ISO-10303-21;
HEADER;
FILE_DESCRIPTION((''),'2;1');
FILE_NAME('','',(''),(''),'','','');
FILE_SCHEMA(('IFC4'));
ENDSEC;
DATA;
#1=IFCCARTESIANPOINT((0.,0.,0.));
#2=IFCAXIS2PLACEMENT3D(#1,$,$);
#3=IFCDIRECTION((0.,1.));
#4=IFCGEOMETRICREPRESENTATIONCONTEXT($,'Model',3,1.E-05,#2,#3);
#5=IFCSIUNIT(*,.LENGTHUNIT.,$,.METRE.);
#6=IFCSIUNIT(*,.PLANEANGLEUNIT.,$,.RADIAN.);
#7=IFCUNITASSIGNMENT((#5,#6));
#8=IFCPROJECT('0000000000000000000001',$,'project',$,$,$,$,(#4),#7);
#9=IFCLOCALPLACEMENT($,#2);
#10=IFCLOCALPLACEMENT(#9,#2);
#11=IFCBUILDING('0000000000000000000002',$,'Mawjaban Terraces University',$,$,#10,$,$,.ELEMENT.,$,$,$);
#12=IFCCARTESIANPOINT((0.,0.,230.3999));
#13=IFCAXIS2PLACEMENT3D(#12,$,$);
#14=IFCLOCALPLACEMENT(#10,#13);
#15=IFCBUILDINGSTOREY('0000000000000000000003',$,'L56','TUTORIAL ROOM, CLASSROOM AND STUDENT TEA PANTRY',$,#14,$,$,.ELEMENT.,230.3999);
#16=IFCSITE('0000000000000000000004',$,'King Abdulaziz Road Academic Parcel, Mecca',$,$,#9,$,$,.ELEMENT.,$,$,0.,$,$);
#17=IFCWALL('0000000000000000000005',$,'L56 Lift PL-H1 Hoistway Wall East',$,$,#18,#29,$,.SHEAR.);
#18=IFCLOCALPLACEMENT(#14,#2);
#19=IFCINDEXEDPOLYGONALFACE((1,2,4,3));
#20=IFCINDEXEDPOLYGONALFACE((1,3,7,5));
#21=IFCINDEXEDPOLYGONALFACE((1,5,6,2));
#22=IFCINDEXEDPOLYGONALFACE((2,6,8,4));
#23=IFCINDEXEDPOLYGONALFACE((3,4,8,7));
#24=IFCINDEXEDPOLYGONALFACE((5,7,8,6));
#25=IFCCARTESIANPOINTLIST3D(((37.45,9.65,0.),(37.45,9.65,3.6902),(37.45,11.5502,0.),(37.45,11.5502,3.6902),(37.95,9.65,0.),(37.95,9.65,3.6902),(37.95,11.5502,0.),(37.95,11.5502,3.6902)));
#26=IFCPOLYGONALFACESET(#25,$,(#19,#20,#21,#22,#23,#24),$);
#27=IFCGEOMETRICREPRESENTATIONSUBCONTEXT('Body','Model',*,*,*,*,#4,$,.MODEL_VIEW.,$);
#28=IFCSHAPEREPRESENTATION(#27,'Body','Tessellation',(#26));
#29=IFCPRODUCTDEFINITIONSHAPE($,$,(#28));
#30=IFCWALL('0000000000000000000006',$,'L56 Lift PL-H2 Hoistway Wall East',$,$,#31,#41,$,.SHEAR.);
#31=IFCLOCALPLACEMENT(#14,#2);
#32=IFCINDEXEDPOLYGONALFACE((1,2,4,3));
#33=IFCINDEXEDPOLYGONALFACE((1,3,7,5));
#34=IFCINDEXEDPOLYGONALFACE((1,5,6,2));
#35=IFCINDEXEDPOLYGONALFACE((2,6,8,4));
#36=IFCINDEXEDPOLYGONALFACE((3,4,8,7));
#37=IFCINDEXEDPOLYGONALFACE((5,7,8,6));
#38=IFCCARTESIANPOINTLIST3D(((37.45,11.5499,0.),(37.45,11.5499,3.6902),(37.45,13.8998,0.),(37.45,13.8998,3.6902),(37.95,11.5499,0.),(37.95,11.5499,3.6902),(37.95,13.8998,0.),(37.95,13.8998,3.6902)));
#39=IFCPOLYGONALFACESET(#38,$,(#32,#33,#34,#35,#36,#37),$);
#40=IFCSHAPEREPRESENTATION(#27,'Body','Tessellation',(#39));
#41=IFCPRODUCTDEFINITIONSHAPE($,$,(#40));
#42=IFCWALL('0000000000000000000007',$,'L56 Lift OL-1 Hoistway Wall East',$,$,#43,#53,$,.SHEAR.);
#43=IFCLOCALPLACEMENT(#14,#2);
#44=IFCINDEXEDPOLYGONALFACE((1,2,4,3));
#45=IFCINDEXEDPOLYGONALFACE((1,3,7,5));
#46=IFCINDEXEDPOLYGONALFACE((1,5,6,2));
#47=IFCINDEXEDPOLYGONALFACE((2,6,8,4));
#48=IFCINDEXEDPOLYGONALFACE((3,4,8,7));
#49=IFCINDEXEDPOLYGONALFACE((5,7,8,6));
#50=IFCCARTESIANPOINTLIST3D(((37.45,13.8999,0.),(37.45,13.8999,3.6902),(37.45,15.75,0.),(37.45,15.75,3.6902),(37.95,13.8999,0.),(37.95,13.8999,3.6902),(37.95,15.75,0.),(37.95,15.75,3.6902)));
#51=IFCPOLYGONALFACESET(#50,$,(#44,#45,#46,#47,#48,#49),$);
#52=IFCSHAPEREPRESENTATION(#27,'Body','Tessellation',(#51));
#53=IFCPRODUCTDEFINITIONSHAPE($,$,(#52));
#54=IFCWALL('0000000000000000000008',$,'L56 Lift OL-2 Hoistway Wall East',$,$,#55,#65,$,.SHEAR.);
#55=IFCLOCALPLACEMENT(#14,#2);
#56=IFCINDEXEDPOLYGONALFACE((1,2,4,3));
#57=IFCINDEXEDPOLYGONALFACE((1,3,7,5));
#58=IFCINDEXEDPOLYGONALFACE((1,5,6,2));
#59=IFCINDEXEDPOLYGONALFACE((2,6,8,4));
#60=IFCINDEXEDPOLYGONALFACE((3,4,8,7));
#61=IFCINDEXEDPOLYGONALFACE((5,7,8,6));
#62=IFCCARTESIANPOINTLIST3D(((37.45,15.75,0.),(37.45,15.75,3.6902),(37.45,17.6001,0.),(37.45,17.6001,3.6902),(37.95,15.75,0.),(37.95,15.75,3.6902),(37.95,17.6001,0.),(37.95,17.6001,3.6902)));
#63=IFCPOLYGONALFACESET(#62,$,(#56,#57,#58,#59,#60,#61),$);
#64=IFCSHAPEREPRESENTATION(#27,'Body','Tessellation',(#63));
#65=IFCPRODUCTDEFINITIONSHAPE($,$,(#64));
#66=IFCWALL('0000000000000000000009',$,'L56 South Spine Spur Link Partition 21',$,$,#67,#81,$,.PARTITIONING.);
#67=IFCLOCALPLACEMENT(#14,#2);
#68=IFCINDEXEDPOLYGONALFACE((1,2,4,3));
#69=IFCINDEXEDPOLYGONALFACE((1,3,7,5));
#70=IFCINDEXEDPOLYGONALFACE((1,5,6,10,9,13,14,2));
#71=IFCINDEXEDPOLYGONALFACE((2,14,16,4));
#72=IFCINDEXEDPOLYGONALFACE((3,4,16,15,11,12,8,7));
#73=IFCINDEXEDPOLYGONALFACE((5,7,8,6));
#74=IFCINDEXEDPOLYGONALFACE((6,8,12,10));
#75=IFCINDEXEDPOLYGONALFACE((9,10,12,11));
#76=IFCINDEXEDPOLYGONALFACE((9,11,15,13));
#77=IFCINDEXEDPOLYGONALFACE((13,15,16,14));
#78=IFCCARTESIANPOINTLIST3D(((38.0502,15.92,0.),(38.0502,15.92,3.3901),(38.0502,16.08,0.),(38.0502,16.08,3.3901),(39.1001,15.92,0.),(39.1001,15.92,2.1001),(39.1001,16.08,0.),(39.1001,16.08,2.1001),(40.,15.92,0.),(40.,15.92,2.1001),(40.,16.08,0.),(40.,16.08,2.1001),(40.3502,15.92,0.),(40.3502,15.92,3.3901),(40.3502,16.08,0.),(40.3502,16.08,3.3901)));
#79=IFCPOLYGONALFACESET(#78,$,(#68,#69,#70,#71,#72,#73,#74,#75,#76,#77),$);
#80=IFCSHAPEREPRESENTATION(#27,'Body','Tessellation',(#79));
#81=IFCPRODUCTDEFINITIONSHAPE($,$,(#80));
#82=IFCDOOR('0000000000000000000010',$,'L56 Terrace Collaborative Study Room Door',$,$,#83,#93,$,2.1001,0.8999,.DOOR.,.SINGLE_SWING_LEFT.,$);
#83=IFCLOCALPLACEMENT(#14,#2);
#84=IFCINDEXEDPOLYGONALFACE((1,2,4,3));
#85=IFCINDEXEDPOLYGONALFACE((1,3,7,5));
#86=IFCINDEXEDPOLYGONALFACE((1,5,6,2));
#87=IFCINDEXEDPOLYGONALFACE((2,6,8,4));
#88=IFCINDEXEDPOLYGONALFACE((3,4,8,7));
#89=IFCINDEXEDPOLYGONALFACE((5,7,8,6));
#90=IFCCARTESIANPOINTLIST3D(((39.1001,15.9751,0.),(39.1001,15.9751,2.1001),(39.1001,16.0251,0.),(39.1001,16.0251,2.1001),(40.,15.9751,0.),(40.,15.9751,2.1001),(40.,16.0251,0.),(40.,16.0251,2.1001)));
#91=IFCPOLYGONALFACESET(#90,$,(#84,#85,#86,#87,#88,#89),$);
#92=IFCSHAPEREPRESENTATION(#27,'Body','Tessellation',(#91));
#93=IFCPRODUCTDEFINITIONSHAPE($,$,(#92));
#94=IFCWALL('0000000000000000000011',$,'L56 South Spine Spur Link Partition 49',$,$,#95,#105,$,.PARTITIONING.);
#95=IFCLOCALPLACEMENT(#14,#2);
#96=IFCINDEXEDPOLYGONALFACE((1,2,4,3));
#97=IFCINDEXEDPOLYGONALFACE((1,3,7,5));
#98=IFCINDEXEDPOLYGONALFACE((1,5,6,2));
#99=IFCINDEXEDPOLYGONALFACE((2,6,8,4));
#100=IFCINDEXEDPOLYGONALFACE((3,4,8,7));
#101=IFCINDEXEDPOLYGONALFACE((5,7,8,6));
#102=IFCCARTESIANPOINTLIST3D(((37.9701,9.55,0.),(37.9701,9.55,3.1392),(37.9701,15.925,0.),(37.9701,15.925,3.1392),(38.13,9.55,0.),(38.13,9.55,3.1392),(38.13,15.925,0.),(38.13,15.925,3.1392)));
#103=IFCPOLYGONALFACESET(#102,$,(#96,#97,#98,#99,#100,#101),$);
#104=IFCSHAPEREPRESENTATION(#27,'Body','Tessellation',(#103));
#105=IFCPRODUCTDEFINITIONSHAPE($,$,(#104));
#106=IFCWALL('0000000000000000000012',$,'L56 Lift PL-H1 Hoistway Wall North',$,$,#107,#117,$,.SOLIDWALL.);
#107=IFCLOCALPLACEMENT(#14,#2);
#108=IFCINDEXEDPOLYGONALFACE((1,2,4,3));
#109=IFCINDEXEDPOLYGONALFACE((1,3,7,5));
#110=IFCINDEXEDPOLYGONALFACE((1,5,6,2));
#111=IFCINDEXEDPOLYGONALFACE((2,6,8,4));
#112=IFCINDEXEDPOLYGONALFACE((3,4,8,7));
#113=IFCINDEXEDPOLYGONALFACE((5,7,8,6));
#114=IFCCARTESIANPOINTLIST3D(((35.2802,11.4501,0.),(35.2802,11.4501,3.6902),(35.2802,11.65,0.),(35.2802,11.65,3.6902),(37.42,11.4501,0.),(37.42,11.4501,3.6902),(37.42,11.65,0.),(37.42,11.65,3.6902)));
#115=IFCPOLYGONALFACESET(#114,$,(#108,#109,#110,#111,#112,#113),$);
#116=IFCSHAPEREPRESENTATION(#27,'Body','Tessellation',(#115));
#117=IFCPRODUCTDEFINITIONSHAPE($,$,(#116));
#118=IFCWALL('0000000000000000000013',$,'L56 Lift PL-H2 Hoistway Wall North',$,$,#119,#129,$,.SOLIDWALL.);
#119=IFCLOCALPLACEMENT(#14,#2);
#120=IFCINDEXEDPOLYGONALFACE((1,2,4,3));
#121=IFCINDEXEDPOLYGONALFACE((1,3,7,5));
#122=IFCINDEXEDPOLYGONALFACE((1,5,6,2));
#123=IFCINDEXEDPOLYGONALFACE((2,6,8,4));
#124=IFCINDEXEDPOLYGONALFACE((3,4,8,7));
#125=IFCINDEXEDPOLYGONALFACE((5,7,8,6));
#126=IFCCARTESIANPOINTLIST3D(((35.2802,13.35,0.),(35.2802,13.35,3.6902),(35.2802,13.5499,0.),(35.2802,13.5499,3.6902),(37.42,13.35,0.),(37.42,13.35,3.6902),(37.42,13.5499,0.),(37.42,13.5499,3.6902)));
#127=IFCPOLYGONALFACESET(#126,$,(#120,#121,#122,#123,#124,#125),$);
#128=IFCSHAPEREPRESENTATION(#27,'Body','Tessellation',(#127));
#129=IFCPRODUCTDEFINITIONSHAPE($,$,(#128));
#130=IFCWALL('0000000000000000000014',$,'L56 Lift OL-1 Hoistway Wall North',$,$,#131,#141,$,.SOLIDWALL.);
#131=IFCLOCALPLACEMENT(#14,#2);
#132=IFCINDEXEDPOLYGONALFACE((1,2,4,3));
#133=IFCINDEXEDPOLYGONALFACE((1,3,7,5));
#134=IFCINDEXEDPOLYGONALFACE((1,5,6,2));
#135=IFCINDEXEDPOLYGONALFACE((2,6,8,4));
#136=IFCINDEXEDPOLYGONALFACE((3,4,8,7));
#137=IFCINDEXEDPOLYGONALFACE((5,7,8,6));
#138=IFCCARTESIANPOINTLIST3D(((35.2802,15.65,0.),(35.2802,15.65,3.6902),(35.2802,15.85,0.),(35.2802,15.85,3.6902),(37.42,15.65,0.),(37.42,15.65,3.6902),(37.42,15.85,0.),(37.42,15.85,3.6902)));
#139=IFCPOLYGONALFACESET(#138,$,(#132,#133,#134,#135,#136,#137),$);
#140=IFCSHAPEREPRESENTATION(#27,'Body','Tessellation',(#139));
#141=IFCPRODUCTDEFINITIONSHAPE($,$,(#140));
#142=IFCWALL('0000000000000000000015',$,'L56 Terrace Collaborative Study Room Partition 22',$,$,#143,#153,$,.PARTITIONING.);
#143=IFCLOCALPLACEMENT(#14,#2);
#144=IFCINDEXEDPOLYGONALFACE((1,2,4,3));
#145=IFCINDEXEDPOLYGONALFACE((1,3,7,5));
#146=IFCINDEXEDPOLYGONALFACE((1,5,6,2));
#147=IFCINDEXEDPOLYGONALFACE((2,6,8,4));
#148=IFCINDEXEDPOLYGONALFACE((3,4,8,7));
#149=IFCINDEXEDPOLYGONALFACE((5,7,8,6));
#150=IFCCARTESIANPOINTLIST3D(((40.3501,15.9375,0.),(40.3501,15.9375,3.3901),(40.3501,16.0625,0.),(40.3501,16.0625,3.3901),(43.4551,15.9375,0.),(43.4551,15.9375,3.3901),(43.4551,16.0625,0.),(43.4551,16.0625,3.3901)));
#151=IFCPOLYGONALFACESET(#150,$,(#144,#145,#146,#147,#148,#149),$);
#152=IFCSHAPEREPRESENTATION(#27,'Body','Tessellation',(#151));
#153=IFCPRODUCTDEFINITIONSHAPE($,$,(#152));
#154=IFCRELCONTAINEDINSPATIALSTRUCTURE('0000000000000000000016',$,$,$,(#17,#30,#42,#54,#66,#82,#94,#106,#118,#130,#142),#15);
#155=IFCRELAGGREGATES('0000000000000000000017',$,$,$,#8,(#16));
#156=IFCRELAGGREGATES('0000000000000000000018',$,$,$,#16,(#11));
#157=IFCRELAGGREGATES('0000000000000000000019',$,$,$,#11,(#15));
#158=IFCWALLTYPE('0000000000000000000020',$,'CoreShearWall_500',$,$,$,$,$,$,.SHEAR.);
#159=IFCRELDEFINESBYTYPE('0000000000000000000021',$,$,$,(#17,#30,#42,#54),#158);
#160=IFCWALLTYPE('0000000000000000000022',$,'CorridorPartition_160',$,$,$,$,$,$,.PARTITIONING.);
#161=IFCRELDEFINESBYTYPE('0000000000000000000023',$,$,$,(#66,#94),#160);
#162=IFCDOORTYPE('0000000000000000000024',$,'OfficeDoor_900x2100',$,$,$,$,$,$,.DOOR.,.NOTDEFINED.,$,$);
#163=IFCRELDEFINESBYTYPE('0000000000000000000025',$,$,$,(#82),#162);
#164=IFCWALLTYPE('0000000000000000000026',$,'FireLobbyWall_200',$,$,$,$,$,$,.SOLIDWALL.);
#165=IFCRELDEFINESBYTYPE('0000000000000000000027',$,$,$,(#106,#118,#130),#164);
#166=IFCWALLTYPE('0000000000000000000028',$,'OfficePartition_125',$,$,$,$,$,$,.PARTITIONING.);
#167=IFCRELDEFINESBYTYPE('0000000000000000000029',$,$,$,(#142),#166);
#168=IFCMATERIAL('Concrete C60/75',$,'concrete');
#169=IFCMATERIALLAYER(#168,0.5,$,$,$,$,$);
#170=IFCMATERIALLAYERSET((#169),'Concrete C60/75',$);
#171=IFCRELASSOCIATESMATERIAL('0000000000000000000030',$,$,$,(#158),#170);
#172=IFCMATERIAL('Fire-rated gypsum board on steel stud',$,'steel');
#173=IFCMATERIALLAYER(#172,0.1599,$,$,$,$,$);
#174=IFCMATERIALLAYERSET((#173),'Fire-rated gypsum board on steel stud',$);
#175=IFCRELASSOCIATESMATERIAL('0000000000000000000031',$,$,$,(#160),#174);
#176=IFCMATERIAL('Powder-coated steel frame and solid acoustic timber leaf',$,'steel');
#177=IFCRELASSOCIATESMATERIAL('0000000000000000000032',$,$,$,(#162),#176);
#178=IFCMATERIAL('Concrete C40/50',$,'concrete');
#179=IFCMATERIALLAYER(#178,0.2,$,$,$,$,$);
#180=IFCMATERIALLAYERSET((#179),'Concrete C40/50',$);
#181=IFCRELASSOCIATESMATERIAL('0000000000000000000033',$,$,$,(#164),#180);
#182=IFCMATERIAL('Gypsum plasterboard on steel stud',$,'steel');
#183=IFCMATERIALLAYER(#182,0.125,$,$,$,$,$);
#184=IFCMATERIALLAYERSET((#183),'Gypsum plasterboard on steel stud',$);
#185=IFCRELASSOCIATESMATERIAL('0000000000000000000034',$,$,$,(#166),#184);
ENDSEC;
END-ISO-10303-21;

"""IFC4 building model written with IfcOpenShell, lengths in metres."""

from ifc_helpers import new_model, si_unit, direction, frame, frame_2d, origin, place, context, subcontext, project, spatial, rectangle, extrude, material, layer, layer_set, type_object, element, fill, save


model = new_model("IFC4")

# Units and contexts
model_context = context("Model", 3, precision=1e-05, world=origin(), true_north=direction((0.0, 1.0)))
body_context = subcontext(model_context, "Body", "Model", "MODEL_VIEW")
ifc_project = project(units=[si_unit("LENGTHUNIT", "METRE"), si_unit("PLANEANGLEUNIT", "RADIAN")], contexts=[model_context])

# Site, building, storey
site_placement = place(None, origin())
site = spatial("IfcSite", under=ifc_project, at=site_placement, Name="King Abdulaziz Road Academic Parcel, Mecca", CompositionType="ELEMENT", RefElevation=0.0)
building_placement = place(site_placement, origin())
building = spatial("IfcBuilding", under=site, at=building_placement, Name="Mawjaban Terraces University", CompositionType="ELEMENT")
storey_placement = place(building_placement, frame((0.0, 0.0, 230.3999)))
storey = spatial("IfcBuildingStorey", under=building, at=storey_placement, Name="L56", Description="TUTORIAL ROOM, CLASSROOM AND STUDENT TEA PANTRY", CompositionType="ELEMENT", Elevation=230.3999)

# Shared definitions
ifc_material_1 = material(Name="Concrete C60/75", Category="concrete")

# Walls
ifc_layer_1 = layer(ifc_material_1, 0.5)
ifc_layer_set_1 = layer_set([ifc_layer_1], Name="Concrete C60/75")
wall_type_1 = type_object("IfcWallType", Name="CoreShearWall_500", PredefinedType="SHEAR", material=ifc_layer_set_1)
wall_1_placement = place(storey_placement, frame((37.7, 9.6499, 0.0), z_axis=(0.0, 0.0, 1.0), x_axis=(0.0, 1.0, 0.0)))
element("IfcWall", 1, at=wall_1_placement, inside=storey, type_object=wall_type_1, Name="L56 Lift PL-H1 Hoistway Wall East", PredefinedType="SHEAR", context=body_context, shape_type="SweptSolid", body=[
    extrude(rectangle(XDim=1.9001, YDim=0.5, at=frame_2d((0.9502, 0.0))), origin(), (0.0, 0.0, 1.0), 3.6902),
])
wall_2_placement = place(storey_placement, frame((37.7, 11.55, 0.0), z_axis=(0.0, 0.0, 1.0), x_axis=(0.0, 1.0, 0.0)))
element("IfcWall", 2, at=wall_2_placement, inside=storey, type_object=wall_type_1, Name="L56 Lift PL-H2 Hoistway Wall East", PredefinedType="SHEAR", context=body_context, shape_type="SweptSolid", body=[
    extrude(rectangle(XDim=2.3499, YDim=0.5, at=frame_2d((1.1748, 0.0))), origin(), (0.0, 0.0, 1.0), 3.6902),
])
for number, where, z_axis, x_axis, name in (
    (3, (37.7, 13.8999, 0.0), (0.0, 0.0, 1.0), (0.0, 1.0, 0.0), "L56 Lift OL-1 Hoistway Wall East"),
    (4, (37.7, 15.75, 0.0), (0.0, 0.0, 1.0), (0.0, 1.0, 0.0), "L56 Lift OL-2 Hoistway Wall East"),
):
    element("IfcWall", number, at=place(storey_placement, frame(where, z_axis=z_axis, x_axis=x_axis)), inside=storey, type_object=wall_type_1, Name=name, PredefinedType="SHEAR", context=body_context, shape_type="SweptSolid", body=[
        extrude(rectangle(XDim=1.8501, YDim=0.5, at=frame_2d((0.925, 0.0))), origin(), (0.0, 0.0, 1.0), 3.6902),
    ])

# Wall, opening, door
ifc_material_2 = material(Name="Fire-rated gypsum board on steel stud", Category="steel")
ifc_layer_2 = layer(ifc_material_2, 0.1599)
ifc_layer_set_2 = layer_set([ifc_layer_2], Name="Fire-rated gypsum board on steel stud")
wall_type_2 = type_object("IfcWallType", Name="CorridorPartition_160", PredefinedType="PARTITIONING", material=ifc_layer_set_2)
wall_3_placement = place(storey_placement, frame((40.3501, 16.0, 0.0), z_axis=(0.0, 0.0, 1.0), x_axis=(-1.0, 0.0, 0.0)))
wall_3 = element("IfcWall", 5, at=wall_3_placement, inside=storey, type_object=wall_type_2, Name="L56 South Spine Spur Link Partition 21", PredefinedType="PARTITIONING", context=body_context, shape_type="SweptSolid", body=[
    extrude(rectangle(XDim=2.3, YDim=0.1599, at=frame_2d((1.1499, 0.0))), origin(), (0.0, 0.0, 1.0), 3.3901),
])
opening_placement = place(wall_3_placement, frame((0.3501, 0.0, 0.0)))
opening = element("IfcOpeningElement", 6, at=opening_placement, cuts=wall_3, PredefinedType="OPENING", context=body_context, shape_type="SweptSolid", body=[
    extrude(rectangle(XDim=0.8999, YDim=2.1001, at=frame_2d((0.45, 1.05))), frame((0.0, 0.0898, 0.0), z_axis=(0.0, -1.0, 0.0), x_axis=(1.0, 0.0, 0.0)), (0.0, 0.0, 1.0), 0.1799),
])
ifc_material_3 = material(Name="Powder-coated steel frame and solid acoustic timber leaf", Category="steel")
door_type = type_object("IfcDoorType", Name="OfficeDoor_900x2100", OperationType="NOTDEFINED", PredefinedType="DOOR", material=ifc_material_3)
door_placement = place(opening_placement, origin())
door = element("IfcDoor", 7, at=door_placement, inside=storey, type_object=door_type, Name="L56 Terrace Collaborative Study Room Door", OperationType="SINGLE_SWING_LEFT", OverallHeight=2.1001, OverallWidth=0.8999, PredefinedType="DOOR", context=body_context, shape_type="SweptSolid", body=[
    extrude(rectangle(XDim=0.8999, YDim=2.1001, at=frame_2d((0.45, 1.05))), frame((0.0, 0.0249, 0.0), z_axis=(0.0, -1.0, 0.0), x_axis=(1.0, 0.0, 0.0)), (0.0, 0.0, 1.0), 0.05),
])
fill(opening, door)

# Walls
wall_4_placement = place(storey_placement, frame((38.05, 15.925, 0.0), z_axis=(0.0, 0.0, 1.0), x_axis=(0.0, -1.0, 0.0)))
element("IfcWall", 8, at=wall_4_placement, inside=storey, type_object=wall_type_2, Name="L56 South Spine Spur Link Partition 49", PredefinedType="PARTITIONING", context=body_context, shape_type="SweptSolid", body=[
    extrude(rectangle(XDim=6.375, YDim=0.1599, at=frame_2d((3.1875, 0.0))), origin(), (0.0, 0.0, 1.0), 3.1392),
])
ifc_material_4 = material(Name="Concrete C40/50", Category="concrete")
ifc_layer_3 = layer(ifc_material_4, 0.2)
ifc_layer_set_3 = layer_set([ifc_layer_3], Name="Concrete C40/50")
wall_type_3 = type_object("IfcWallType", Name="FireLobbyWall_200", PredefinedType="SOLIDWALL", material=ifc_layer_set_3)
for number, where, z_axis, x_axis, name in (
    (9, (37.4199, 11.55, 0.0), (0.0, 0.0, 1.0), (-1.0, 0.0, 0.0), "L56 Lift PL-H1 Hoistway Wall North"),
    (10, (37.4199, 13.45, 0.0), (0.0, 0.0, 1.0), (-1.0, 0.0, 0.0), "L56 Lift PL-H2 Hoistway Wall North"),
    (11, (37.4199, 15.75, 0.0), (0.0, 0.0, 1.0), (-1.0, 0.0, 0.0), "L56 Lift OL-1 Hoistway Wall North"),
):
    element("IfcWall", number, at=place(storey_placement, frame(where, z_axis=z_axis, x_axis=x_axis)), inside=storey, type_object=wall_type_3, Name=name, PredefinedType="SOLIDWALL", context=body_context, shape_type="SweptSolid", body=[
        extrude(rectangle(XDim=2.1399, YDim=0.2, at=frame_2d((1.0698, 0.0))), origin(), (0.0, 0.0, 1.0), 3.6902),
    ])
ifc_material_5 = material(Name="Gypsum plasterboard on steel stud", Category="steel")
ifc_layer_4 = layer(ifc_material_5, 0.125)
ifc_layer_set_4 = layer_set([ifc_layer_4], Name="Gypsum plasterboard on steel stud")
wall_type_4 = type_object("IfcWallType", Name="OfficePartition_125", PredefinedType="PARTITIONING", material=ifc_layer_set_4)
wall_5_placement = place(storey_placement, frame((40.3501, 16.0, 0.0), z_axis=(0.0, 0.0, 1.0), x_axis=(1.0, 0.0, 0.0)))
element("IfcWall", 12, at=wall_5_placement, inside=storey, type_object=wall_type_4, Name="L56 Terrace Collaborative Study Room Partition 22", PredefinedType="PARTITIONING", context=body_context, shape_type="SweptSolid", body=[
    extrude(rectangle(XDim=3.105, YDim=0.125, at=frame_2d((1.5525, 0.0))), origin(), (0.0, 0.0, 1.0), 3.3901),
])

save(model, "model.ifc")
